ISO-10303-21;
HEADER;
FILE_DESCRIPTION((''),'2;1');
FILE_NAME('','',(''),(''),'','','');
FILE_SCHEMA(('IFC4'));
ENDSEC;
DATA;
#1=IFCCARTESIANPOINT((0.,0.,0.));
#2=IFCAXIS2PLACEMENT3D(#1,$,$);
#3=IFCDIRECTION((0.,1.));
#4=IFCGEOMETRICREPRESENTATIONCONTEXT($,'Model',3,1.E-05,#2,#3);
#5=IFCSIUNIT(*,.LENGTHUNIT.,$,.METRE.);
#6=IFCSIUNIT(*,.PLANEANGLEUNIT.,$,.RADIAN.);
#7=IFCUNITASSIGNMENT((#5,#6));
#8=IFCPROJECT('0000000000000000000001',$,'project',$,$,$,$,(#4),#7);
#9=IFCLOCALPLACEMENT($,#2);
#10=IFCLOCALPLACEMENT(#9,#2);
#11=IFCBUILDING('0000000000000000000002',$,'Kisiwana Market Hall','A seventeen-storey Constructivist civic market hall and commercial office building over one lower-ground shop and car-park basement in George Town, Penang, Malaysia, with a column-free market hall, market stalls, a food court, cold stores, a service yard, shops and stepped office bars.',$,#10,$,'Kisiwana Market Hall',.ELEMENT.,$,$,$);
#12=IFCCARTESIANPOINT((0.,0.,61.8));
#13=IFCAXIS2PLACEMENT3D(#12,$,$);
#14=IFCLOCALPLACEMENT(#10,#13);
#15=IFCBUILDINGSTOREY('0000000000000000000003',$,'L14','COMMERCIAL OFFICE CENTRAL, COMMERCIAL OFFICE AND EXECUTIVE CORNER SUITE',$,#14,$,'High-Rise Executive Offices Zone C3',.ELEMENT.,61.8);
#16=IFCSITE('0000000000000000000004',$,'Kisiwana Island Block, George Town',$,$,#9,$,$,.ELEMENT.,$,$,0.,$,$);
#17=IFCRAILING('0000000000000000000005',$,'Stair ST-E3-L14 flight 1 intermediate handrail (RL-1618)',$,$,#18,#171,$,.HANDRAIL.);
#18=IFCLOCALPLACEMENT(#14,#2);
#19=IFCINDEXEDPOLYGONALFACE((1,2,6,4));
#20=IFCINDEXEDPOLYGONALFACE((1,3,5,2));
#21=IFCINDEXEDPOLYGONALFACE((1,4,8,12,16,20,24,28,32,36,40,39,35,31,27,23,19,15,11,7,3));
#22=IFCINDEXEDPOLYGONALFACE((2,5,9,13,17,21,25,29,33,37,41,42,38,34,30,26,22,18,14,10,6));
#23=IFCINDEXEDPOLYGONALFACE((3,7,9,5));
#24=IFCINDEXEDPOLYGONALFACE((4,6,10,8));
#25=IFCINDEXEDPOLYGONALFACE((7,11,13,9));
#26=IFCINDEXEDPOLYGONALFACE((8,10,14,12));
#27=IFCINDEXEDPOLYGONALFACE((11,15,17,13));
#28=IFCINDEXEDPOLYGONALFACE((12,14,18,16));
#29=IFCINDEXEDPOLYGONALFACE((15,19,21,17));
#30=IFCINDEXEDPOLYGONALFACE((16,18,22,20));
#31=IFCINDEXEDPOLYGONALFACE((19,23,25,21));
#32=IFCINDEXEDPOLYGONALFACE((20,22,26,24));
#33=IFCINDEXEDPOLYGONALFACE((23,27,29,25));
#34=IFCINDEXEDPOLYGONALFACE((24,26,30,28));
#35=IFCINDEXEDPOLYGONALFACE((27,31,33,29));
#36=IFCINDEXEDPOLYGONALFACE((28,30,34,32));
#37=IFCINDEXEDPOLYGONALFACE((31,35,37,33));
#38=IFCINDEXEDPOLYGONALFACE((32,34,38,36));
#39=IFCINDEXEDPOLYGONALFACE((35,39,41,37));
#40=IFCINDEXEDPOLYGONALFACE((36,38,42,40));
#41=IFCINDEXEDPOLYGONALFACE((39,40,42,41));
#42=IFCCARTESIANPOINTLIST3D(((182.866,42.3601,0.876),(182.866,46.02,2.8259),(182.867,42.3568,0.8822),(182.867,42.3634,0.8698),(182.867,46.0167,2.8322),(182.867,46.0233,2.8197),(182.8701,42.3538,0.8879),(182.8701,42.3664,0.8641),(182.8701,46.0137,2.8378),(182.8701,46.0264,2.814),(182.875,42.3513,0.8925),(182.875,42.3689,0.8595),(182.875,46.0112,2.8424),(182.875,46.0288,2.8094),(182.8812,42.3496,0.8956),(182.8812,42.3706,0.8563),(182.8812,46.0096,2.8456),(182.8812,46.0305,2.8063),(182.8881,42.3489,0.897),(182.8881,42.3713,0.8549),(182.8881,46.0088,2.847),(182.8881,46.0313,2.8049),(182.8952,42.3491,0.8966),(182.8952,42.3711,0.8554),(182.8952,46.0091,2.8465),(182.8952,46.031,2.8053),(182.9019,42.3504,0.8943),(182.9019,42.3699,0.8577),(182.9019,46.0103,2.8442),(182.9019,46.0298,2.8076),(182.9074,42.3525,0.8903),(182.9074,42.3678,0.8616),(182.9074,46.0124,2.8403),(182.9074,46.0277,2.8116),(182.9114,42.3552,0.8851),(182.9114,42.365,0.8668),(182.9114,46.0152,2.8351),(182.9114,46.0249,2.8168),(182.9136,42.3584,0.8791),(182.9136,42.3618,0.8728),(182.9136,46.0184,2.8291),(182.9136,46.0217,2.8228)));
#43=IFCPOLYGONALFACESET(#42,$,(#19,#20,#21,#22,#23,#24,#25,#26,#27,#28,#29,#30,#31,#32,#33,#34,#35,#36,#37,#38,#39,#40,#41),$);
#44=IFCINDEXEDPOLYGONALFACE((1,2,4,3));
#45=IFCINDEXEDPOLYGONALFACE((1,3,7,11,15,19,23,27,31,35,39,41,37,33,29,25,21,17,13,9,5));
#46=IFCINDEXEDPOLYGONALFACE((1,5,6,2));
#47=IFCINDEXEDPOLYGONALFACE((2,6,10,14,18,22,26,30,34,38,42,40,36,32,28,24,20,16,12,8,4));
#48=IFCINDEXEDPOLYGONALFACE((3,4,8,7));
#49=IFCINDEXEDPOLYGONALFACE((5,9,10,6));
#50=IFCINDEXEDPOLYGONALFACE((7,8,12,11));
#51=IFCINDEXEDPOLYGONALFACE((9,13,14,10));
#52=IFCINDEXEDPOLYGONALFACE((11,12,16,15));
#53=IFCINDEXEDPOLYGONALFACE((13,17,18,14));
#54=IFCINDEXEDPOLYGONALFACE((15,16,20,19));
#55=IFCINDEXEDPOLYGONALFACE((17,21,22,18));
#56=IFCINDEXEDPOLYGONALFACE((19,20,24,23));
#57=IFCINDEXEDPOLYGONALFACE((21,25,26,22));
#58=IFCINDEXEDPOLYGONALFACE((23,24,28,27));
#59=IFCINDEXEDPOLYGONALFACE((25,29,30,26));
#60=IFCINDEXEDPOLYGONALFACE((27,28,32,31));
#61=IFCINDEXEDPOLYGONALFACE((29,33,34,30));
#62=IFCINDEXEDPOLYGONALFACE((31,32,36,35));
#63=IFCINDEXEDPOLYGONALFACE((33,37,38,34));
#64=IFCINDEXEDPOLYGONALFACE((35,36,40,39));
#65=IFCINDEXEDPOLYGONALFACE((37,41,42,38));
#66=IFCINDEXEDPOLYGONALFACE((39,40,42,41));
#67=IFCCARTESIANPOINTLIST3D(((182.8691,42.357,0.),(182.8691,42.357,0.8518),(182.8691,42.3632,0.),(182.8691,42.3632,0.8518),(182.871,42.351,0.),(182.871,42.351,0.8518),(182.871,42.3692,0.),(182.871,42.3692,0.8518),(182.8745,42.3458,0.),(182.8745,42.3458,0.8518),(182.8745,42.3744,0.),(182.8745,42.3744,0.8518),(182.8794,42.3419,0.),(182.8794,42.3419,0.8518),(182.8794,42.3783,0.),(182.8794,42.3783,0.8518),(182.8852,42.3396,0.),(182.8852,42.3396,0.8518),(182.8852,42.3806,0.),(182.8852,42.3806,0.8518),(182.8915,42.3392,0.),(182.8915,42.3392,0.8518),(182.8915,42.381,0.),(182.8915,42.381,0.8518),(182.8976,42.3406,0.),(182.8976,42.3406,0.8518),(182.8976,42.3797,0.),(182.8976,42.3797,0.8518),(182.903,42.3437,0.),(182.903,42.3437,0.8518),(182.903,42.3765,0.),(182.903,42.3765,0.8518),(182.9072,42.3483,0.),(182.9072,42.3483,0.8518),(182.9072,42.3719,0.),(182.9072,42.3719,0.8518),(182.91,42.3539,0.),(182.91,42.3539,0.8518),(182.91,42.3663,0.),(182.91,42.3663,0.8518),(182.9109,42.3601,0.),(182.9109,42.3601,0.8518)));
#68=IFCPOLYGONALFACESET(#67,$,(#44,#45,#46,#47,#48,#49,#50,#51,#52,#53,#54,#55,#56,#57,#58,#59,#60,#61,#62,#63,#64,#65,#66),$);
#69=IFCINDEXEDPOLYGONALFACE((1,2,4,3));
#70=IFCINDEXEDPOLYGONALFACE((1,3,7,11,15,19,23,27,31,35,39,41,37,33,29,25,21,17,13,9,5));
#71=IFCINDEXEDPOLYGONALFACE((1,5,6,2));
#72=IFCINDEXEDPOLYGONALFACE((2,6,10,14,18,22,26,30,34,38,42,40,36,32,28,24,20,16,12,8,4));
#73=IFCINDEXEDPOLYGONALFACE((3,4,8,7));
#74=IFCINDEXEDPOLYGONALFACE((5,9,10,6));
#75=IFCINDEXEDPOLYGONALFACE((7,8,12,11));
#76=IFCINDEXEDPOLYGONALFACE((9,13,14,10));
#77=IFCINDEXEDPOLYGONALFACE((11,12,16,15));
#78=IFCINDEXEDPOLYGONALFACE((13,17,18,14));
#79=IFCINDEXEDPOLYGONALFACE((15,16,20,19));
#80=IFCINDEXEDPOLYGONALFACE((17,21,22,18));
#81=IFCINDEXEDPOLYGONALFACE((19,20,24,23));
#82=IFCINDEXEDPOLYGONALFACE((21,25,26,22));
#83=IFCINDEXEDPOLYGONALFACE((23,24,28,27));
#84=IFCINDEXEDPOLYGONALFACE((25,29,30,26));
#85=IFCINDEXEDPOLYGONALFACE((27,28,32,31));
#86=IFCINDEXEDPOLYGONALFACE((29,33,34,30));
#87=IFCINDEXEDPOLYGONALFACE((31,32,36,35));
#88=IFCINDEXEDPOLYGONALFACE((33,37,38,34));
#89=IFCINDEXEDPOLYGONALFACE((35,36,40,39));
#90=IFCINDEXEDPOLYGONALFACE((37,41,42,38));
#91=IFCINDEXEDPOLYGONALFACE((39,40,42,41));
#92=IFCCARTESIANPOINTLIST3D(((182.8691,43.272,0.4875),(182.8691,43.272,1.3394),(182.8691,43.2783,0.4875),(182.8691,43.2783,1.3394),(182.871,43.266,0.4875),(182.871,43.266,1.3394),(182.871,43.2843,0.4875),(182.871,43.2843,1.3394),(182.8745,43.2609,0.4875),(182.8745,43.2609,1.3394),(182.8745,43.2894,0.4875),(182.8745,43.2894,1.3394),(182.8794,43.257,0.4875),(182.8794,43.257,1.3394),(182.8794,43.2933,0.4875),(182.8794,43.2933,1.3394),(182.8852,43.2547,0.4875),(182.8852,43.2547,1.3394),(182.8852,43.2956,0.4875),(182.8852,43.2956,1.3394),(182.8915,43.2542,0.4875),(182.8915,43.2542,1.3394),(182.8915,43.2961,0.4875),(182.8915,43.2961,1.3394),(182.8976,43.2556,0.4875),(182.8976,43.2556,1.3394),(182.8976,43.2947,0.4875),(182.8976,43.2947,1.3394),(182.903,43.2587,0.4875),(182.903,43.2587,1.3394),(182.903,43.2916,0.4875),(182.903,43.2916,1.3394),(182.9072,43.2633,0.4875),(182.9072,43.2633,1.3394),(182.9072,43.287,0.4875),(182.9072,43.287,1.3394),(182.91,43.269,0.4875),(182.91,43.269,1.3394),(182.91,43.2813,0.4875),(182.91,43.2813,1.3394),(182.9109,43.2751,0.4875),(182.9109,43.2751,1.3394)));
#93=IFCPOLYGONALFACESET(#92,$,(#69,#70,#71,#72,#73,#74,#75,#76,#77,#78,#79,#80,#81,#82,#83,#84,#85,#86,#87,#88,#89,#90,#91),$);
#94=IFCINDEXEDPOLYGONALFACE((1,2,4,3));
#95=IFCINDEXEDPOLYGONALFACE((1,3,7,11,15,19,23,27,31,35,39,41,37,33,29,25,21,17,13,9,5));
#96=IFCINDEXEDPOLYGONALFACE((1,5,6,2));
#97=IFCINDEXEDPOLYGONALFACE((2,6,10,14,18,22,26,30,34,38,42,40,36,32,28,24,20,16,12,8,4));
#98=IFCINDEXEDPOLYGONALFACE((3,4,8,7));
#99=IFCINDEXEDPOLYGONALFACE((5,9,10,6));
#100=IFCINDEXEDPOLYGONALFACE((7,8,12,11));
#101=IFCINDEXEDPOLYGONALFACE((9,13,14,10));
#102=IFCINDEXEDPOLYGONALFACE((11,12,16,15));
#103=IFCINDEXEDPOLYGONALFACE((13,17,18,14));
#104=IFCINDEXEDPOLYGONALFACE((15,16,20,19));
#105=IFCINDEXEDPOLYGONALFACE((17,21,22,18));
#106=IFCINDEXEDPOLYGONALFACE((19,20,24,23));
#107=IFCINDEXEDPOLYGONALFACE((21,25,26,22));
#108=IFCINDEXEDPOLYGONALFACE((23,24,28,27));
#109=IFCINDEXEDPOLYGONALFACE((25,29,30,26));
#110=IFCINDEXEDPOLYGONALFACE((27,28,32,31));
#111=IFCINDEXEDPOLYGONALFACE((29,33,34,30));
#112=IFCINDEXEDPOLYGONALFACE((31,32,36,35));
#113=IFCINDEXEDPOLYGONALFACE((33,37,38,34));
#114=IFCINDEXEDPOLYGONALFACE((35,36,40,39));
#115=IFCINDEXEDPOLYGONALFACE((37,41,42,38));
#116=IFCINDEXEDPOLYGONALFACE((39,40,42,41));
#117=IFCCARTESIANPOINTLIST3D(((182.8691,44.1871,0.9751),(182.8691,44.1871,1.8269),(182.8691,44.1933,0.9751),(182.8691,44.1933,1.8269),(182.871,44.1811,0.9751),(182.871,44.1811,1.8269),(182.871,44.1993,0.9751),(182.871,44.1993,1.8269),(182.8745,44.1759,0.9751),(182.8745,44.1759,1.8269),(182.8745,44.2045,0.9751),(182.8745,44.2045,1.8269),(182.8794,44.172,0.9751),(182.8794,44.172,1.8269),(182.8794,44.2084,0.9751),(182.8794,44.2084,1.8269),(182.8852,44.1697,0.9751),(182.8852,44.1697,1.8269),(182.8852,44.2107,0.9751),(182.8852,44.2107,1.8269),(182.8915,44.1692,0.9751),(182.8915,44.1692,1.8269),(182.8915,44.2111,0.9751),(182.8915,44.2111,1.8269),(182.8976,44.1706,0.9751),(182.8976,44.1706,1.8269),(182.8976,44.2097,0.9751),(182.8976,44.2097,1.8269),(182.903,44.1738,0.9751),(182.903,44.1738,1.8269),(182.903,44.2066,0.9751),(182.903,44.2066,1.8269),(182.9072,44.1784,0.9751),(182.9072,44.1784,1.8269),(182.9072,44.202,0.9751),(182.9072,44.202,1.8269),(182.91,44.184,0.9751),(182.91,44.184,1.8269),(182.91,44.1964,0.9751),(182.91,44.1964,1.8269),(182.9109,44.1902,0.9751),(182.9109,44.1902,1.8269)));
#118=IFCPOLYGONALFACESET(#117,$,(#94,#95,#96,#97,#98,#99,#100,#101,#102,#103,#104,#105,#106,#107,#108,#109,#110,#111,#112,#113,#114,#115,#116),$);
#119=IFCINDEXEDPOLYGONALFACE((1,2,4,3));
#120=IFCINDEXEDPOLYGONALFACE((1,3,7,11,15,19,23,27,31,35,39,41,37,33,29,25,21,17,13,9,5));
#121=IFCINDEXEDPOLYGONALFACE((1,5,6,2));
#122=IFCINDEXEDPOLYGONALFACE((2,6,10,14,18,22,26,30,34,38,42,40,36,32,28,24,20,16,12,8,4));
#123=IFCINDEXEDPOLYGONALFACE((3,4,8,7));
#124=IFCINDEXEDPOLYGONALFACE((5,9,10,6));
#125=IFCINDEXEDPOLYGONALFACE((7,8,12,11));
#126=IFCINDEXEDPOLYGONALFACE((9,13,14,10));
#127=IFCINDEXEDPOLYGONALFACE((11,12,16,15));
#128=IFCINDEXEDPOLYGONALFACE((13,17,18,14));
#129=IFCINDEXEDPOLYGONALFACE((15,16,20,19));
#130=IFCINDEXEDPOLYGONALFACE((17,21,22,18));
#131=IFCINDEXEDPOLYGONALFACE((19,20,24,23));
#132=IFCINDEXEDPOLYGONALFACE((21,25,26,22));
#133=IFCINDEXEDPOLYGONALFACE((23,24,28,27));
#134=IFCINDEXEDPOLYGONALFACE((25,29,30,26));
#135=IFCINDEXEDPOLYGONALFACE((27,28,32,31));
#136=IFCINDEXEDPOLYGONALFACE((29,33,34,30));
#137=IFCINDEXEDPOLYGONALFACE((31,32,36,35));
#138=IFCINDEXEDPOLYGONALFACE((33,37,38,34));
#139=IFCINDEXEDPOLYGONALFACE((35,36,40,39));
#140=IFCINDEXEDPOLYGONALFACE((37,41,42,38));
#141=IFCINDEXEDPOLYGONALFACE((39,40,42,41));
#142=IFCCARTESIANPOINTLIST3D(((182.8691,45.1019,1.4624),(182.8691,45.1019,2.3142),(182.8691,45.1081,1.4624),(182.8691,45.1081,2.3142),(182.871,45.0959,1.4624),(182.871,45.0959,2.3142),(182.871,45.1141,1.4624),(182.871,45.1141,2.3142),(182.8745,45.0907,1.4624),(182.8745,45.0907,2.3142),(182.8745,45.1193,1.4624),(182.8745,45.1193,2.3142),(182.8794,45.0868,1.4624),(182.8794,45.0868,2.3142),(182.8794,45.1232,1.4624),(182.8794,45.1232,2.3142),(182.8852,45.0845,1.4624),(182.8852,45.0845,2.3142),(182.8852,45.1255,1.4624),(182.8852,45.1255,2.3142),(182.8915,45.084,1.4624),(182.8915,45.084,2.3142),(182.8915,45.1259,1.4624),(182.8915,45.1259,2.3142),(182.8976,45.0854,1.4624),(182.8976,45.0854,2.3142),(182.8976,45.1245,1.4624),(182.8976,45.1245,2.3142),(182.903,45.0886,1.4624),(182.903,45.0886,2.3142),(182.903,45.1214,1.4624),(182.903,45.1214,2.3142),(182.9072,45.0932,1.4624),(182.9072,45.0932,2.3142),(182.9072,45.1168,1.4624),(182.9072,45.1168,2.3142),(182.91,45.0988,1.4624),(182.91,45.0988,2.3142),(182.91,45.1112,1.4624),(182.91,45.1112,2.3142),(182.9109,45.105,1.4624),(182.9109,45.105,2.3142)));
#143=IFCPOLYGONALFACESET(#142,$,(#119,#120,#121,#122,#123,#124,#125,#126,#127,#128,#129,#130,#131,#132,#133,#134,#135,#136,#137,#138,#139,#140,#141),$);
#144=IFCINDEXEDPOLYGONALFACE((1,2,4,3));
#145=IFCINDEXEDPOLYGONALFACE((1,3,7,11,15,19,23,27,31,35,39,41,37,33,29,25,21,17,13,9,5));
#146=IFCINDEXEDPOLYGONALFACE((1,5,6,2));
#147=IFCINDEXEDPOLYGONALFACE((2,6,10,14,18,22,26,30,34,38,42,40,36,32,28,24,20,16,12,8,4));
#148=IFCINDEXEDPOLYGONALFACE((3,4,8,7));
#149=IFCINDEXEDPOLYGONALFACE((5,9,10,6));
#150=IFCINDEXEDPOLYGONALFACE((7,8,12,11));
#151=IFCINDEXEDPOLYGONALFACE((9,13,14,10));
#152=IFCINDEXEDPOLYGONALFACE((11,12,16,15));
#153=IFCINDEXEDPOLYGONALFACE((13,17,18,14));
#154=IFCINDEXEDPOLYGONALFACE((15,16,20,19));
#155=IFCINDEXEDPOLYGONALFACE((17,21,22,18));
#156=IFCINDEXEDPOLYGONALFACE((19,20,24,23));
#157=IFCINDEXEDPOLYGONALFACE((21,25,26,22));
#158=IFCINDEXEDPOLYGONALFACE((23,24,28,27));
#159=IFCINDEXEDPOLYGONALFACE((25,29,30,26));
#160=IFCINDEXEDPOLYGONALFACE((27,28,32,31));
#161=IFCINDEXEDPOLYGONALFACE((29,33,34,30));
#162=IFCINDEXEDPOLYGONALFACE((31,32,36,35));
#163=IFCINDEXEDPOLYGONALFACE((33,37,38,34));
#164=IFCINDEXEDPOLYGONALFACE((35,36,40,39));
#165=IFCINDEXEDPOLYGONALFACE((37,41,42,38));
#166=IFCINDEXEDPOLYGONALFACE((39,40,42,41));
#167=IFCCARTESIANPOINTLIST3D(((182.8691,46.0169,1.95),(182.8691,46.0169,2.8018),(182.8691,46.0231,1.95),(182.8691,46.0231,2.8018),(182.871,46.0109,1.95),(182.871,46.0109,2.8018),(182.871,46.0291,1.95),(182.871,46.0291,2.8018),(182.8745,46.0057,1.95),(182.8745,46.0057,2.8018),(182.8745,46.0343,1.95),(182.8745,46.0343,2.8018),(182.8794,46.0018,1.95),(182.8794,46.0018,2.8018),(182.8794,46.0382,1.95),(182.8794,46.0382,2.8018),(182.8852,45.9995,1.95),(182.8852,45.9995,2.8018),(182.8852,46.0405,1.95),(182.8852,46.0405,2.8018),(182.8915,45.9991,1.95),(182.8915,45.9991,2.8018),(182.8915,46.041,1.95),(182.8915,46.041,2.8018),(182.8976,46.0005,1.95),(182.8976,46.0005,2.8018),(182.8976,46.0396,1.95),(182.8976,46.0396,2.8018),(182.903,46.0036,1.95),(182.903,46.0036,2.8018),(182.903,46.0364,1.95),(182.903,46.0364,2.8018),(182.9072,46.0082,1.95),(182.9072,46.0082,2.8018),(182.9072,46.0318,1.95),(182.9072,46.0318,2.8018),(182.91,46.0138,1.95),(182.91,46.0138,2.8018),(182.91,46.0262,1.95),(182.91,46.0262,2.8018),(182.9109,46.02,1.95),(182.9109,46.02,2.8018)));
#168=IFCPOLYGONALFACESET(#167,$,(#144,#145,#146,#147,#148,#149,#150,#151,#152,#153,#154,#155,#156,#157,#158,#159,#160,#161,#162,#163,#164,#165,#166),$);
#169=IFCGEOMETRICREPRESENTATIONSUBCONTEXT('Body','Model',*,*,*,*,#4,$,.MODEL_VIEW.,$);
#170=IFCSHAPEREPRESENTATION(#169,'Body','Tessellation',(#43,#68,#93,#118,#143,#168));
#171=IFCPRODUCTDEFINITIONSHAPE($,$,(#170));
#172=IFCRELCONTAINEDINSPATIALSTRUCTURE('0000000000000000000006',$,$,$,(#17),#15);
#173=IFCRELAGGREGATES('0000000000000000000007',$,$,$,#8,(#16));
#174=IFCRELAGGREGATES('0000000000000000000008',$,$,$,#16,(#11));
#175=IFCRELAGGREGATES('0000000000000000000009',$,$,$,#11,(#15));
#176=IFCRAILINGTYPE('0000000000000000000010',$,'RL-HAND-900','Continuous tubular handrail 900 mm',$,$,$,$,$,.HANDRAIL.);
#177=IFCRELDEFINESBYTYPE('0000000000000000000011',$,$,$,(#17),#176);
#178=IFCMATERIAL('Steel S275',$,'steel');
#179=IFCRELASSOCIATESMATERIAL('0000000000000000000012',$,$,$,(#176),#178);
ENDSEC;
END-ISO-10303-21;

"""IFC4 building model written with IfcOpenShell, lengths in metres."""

from ifc_helpers import new_model, si_unit, direction, frame, origin, origin_2d, place, context, subcontext, project, spatial, circle, extrude, material, type_object, element, save


model = new_model("IFC4")

# Units and contexts
model_context = context("Model", 3, precision=1e-05, world=origin(), true_north=direction((0.0, 1.0)))
body_context = subcontext(model_context, "Body", "Model", "MODEL_VIEW")
ifc_project = project(units=[si_unit("LENGTHUNIT", "METRE"), si_unit("PLANEANGLEUNIT", "RADIAN")], contexts=[model_context])

# Site, building, storey
site_placement = place(None, origin())
site = spatial("IfcSite", under=ifc_project, at=site_placement, Name="Kisiwana Island Block, George Town", CompositionType="ELEMENT", RefElevation=0.0)
building_placement = place(site_placement, origin())
building = spatial("IfcBuilding", under=site, at=building_placement, Name="Kisiwana Market Hall", Description="A seventeen-storey Constructivist civic market hall and commercial office building over one lower-ground shop and car-park basement in George Town, Penang, Malaysia, with a column-free market hall, market stalls, a food court, cold stores, a service yard, shops and stepped office bars.", LongName="Kisiwana Market Hall", CompositionType="ELEMENT")
storey_placement = place(building_placement, frame((0.0, 0.0, 61.8)))
storey = spatial("IfcBuildingStorey", under=building, at=storey_placement, Name="L14", Description="COMMERCIAL OFFICE CENTRAL, COMMERCIAL OFFICE AND EXECUTIVE CORNER SUITE", LongName="High-Rise Executive Offices Zone C3", CompositionType="ELEMENT", Elevation=61.8)

# Railing
ifc_material_1 = material(Name="Steel S275", Category="steel")
railing_type_1 = type_object("IfcRailingType", Name="RL-HAND-900", Description="Continuous tubular handrail 900 mm", PredefinedType="HANDRAIL", material=ifc_material_1)
railing_1_placement = place(storey_placement, frame((182.8899, 42.3601, 0.0)))
element("IfcRailing", 1, at=railing_1_placement, inside=storey, type_object=railing_type_1, Name="Stair ST-E3-L14 flight 1 intermediate handrail (RL-1618)", PredefinedType="HANDRAIL", context=body_context, shape_type="SweptSolid", body=[
    extrude(circle(Radius=0.0239, at=origin_2d()), frame((0.0, 0.0, 0.876), z_axis=(0.0, 0.882553, 0.470212), x_axis=(-1.0, 0.0, 0.0)), (0.0, 0.0, 1.0), 4.147),
    extrude(circle(Radius=0.021, at=origin_2d()), origin(), (0.0, 0.0, 1.0), 0.8518),
    extrude(circle(Radius=0.021, at=origin_2d()), frame((0.0, 0.915, 0.4875)), (0.0, 0.0, 1.0), 0.8518),
    extrude(circle(Radius=0.021, at=origin_2d()), frame((0.0, 1.8301, 0.9751)), (0.0, 0.0, 1.0), 0.8518),
    extrude(circle(Radius=0.021, at=origin_2d()), frame((0.0, 2.7449, 1.4624)), (0.0, 0.0, 1.0), 0.8518),
    extrude(circle(Radius=0.021, at=origin_2d()), frame((0.0, 3.6599, 1.95)), (0.0, 0.0, 1.0), 0.8518),
])

save(model, "model.ifc")
